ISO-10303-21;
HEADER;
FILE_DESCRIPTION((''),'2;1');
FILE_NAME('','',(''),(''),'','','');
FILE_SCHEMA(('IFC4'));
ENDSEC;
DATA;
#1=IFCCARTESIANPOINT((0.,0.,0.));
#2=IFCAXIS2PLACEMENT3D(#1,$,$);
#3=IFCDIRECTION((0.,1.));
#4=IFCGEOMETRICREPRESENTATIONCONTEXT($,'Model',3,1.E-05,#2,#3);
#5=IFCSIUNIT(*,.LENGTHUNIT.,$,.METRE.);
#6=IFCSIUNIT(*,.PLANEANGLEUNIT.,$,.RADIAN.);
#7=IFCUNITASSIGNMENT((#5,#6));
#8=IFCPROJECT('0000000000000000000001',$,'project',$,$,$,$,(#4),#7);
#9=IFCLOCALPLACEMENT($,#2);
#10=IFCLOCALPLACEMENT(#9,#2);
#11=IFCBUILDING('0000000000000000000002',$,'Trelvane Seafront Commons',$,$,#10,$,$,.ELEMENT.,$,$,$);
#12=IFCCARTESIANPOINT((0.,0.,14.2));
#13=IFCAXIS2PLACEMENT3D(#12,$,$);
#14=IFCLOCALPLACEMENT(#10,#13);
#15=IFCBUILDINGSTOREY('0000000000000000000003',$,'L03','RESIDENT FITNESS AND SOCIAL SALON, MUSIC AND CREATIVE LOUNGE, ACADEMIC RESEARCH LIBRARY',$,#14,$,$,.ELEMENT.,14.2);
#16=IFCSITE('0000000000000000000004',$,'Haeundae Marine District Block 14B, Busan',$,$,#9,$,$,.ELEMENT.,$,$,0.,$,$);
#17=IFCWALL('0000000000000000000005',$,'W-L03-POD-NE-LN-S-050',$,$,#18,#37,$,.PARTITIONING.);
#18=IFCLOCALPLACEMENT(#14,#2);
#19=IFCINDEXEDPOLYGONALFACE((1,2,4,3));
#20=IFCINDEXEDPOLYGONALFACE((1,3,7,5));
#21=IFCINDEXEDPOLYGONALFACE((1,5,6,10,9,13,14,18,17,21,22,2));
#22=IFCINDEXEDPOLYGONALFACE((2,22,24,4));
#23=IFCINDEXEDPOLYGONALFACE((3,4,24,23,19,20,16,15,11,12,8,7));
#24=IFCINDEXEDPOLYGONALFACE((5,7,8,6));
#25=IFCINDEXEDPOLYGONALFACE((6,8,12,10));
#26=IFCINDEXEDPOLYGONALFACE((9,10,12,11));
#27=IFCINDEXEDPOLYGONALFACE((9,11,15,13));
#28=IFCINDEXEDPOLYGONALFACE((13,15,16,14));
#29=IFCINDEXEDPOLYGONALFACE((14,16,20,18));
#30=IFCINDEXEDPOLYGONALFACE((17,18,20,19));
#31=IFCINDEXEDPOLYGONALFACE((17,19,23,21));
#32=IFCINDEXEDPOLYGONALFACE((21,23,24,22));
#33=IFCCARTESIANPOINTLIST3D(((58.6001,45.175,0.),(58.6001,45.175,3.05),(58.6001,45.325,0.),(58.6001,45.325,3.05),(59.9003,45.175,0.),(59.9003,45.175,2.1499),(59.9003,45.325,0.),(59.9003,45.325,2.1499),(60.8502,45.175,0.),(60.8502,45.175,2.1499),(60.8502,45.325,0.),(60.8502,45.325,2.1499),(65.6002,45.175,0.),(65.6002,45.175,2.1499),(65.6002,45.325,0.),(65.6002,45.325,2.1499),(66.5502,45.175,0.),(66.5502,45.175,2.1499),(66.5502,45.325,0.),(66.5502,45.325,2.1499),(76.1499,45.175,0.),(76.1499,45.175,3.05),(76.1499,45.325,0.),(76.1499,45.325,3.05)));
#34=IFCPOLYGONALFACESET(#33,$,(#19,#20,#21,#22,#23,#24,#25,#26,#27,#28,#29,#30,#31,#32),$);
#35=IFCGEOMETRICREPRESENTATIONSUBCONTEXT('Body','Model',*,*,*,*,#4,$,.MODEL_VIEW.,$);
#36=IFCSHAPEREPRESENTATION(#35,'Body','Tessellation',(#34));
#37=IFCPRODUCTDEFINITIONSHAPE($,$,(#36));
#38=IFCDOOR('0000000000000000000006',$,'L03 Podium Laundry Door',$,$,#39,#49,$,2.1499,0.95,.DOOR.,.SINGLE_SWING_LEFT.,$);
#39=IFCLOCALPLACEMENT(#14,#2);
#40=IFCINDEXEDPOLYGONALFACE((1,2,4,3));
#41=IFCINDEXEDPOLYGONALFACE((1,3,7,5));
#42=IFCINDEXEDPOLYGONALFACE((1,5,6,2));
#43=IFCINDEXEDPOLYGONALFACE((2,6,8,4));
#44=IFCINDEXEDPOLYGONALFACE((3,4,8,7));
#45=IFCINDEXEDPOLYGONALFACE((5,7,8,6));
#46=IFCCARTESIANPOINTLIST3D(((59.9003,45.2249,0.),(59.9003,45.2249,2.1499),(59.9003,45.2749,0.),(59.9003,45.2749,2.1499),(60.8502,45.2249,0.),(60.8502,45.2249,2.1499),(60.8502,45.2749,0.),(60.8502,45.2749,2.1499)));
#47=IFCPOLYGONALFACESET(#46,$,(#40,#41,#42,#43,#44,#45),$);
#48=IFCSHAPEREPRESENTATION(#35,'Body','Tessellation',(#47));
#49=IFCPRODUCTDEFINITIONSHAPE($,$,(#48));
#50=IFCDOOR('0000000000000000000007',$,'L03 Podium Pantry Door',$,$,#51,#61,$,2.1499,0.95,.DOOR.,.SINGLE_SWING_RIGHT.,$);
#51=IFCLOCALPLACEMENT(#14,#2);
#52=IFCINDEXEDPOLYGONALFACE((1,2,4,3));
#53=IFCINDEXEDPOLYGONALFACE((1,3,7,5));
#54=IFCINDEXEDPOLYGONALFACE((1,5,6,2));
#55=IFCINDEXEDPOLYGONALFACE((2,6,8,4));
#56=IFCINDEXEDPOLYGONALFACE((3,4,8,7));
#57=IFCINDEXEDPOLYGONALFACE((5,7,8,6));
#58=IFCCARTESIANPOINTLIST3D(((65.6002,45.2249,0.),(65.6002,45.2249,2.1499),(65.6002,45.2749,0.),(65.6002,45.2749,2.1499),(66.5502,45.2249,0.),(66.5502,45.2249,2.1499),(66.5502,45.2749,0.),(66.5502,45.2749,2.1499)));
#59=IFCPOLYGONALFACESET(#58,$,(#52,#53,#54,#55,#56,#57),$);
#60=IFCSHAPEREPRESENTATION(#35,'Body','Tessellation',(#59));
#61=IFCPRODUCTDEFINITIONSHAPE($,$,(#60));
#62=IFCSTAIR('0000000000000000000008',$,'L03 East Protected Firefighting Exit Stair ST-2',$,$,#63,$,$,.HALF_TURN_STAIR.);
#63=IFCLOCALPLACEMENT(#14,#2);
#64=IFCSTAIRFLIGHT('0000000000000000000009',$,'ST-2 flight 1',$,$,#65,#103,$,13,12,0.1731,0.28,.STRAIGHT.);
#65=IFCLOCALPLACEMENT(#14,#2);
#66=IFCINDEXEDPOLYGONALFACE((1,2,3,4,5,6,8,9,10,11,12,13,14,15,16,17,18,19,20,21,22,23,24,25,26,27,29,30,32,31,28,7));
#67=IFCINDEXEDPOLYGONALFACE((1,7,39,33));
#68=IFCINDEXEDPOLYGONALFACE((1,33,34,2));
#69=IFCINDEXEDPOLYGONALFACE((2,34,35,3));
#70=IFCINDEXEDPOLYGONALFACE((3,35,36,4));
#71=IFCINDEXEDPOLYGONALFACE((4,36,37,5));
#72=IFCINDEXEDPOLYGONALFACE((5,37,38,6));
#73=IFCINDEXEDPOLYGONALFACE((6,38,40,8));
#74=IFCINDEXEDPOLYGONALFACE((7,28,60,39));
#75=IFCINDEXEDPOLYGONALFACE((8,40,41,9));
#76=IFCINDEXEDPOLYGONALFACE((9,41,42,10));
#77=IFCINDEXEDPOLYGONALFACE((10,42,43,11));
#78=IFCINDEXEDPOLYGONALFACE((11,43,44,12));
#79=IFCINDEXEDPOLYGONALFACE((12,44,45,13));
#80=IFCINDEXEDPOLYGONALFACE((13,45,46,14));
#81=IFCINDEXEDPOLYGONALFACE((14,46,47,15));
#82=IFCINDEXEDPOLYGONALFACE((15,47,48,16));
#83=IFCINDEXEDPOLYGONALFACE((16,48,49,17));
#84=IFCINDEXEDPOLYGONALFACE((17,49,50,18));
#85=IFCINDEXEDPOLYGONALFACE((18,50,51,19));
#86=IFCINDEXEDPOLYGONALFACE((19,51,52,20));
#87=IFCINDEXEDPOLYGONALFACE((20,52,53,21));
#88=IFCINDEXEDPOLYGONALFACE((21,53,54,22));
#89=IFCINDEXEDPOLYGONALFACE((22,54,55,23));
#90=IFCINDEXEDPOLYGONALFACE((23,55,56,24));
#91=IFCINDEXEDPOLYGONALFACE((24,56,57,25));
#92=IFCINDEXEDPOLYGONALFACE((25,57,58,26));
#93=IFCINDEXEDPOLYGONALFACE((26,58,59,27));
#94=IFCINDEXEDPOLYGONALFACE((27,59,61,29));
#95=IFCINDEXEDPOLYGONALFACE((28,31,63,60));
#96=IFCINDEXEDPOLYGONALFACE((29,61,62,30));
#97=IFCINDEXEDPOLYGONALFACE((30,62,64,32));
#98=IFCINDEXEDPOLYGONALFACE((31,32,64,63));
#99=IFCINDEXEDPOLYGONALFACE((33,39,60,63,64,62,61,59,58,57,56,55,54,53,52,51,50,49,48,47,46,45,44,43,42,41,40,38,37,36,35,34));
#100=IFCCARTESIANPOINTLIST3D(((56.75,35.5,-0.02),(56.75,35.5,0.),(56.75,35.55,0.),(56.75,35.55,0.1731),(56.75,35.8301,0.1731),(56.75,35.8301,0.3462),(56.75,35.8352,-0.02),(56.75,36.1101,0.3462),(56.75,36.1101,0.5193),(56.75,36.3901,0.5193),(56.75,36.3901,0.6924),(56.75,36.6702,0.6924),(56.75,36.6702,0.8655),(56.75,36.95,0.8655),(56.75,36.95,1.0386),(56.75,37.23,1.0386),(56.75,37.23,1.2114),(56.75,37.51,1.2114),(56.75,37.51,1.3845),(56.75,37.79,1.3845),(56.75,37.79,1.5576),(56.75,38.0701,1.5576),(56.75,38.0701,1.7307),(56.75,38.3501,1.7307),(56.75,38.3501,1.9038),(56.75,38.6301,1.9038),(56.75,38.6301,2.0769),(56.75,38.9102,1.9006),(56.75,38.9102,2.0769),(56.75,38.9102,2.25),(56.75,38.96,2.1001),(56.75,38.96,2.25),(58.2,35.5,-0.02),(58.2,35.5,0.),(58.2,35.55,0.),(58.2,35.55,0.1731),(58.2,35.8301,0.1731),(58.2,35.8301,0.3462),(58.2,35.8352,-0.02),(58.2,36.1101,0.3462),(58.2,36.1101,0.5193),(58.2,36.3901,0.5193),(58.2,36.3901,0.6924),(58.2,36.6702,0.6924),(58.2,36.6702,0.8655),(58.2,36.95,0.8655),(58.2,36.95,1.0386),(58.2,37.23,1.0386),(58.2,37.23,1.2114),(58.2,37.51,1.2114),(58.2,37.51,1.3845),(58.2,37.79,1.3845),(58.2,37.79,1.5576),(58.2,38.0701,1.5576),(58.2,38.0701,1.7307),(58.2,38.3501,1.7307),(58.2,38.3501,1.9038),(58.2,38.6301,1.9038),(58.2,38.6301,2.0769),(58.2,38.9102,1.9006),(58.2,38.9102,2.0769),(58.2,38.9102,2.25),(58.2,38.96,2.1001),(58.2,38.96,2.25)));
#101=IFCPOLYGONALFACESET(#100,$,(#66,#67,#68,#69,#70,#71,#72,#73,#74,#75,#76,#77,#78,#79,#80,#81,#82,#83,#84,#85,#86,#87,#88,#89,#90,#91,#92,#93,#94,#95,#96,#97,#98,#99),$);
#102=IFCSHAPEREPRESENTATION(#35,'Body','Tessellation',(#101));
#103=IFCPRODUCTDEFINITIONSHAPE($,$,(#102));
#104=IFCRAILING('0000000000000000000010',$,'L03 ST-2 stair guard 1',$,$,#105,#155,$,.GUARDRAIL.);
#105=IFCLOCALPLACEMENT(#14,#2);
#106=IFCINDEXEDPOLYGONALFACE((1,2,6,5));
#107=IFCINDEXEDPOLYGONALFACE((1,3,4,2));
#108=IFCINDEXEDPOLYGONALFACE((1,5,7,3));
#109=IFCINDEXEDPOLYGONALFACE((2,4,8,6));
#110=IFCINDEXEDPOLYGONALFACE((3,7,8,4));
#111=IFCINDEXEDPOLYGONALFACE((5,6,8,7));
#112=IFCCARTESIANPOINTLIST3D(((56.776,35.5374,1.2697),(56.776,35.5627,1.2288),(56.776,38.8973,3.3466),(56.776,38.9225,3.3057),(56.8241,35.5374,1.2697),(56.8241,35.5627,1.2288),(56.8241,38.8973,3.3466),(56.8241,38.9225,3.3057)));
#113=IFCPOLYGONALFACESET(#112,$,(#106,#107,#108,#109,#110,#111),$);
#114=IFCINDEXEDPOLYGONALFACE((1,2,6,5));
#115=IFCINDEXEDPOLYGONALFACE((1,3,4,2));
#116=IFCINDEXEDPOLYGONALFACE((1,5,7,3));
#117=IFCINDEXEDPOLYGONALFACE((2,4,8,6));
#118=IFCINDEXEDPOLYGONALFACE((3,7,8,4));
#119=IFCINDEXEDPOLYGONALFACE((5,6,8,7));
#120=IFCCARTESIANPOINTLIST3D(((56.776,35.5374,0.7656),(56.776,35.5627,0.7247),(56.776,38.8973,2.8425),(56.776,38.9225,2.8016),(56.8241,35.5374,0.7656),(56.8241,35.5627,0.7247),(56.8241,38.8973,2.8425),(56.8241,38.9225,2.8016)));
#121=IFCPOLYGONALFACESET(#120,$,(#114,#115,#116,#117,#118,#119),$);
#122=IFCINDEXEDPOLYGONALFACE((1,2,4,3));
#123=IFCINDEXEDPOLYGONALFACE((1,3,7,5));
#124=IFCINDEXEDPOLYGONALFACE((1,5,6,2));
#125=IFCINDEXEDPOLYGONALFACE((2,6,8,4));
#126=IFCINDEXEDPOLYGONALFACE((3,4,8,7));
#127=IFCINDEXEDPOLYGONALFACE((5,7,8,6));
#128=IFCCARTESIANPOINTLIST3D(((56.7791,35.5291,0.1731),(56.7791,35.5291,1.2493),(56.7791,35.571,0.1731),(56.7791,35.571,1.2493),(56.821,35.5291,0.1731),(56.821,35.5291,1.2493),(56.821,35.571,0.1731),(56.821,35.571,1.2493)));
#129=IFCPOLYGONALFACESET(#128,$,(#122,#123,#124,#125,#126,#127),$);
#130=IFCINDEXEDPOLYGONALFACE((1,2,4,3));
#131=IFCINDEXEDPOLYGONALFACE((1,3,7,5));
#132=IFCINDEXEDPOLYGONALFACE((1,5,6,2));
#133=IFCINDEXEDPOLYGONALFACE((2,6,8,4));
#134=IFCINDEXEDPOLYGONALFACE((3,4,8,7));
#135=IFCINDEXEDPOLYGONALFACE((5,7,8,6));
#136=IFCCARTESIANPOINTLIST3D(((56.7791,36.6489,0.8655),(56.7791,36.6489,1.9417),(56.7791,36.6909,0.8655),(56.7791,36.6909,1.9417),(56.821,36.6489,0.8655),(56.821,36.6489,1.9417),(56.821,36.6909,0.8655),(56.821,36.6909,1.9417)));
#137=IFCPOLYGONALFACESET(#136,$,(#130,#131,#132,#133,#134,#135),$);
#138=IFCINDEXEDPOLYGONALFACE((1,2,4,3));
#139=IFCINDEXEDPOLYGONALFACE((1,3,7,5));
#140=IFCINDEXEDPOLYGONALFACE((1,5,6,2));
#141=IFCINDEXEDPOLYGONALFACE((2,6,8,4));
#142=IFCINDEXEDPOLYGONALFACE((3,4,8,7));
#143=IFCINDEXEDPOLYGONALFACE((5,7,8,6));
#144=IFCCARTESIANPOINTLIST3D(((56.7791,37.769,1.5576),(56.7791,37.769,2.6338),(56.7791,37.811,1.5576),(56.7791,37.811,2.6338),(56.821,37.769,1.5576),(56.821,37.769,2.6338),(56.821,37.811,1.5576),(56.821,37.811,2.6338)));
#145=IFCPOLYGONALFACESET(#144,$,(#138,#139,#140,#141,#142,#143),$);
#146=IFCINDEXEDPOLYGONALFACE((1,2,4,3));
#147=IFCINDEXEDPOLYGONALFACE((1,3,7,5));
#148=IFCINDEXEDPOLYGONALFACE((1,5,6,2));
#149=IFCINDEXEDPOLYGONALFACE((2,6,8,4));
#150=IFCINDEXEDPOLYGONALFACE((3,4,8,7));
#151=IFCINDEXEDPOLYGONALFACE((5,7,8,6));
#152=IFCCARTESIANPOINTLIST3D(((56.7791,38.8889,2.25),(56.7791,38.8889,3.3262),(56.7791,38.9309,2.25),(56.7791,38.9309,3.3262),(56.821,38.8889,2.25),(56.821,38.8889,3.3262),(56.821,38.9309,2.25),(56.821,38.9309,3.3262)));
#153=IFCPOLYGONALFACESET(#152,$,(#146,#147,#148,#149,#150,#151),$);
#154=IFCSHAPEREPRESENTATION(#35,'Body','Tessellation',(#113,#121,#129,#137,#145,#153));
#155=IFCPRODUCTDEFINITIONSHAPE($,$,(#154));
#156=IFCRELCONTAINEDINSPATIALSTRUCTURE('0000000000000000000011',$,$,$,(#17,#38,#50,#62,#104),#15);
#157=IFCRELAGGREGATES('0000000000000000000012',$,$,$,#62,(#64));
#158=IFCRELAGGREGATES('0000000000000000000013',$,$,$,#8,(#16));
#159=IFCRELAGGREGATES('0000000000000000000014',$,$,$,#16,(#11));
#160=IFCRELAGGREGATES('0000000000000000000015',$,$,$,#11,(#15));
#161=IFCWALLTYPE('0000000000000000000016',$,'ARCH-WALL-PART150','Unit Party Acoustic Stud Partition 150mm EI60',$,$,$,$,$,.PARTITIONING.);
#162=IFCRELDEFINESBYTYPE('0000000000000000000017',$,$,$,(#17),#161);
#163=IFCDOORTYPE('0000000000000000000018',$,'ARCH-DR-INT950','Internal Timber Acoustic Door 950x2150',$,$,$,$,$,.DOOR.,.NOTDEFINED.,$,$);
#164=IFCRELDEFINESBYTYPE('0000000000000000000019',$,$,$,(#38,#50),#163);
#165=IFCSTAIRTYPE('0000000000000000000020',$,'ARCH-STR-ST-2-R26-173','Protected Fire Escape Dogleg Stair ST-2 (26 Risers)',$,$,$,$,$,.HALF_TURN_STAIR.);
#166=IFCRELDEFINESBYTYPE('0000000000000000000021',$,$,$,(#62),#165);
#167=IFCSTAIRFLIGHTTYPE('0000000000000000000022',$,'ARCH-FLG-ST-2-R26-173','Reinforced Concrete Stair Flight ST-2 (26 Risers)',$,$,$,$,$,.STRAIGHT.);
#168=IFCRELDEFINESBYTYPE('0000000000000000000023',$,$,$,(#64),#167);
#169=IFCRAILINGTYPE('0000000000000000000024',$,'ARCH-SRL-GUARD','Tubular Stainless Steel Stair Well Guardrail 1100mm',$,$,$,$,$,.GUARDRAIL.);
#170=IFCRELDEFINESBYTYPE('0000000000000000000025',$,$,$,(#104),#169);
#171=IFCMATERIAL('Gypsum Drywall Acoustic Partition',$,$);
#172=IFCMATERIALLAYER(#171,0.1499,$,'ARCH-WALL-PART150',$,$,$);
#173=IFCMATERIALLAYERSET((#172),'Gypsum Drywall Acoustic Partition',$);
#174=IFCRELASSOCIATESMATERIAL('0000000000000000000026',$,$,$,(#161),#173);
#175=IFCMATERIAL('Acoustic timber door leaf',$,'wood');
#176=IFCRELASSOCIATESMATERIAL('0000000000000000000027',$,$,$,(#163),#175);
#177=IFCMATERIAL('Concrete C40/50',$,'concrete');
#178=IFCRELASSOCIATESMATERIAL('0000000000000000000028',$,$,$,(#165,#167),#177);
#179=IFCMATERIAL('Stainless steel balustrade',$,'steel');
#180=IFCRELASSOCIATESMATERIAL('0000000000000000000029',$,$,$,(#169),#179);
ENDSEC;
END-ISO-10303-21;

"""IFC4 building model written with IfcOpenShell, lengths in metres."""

from ifc_helpers import new_model, si_unit, direction, frame, frame_2d, origin, origin_2d, place, context, subcontext, project, spatial, polyline, rectangle, outline, extrude, source, transform, mapped, material, layer, layer_set, type_object, element, fill, aggregate, save


model = new_model("IFC4")

# Units and contexts
model_context = context("Model", 3, precision=1e-05, world=origin(), true_north=direction((0.0, 1.0)))
body_context = subcontext(model_context, "Body", "Model", "MODEL_VIEW")
ifc_project = project(units=[si_unit("LENGTHUNIT", "METRE"), si_unit("PLANEANGLEUNIT", "RADIAN")], contexts=[model_context])

# Site, building, storey
site_placement = place(None, origin())
site = spatial("IfcSite", under=ifc_project, at=site_placement, Name="Haeundae Marine District Block 14B, Busan", CompositionType="ELEMENT", RefElevation=0.0)
building_placement = place(site_placement, origin())
building = spatial("IfcBuilding", under=site, at=building_placement, Name="Trelvane Seafront Commons", CompositionType="ELEMENT")
storey_placement = place(building_placement, frame((0.0, 0.0, 14.2)))
storey = spatial("IfcBuildingStorey", under=building, at=storey_placement, Name="L03", Description="RESIDENT FITNESS AND SOCIAL SALON, MUSIC AND CREATIVE LOUNGE, ACADEMIC RESEARCH LIBRARY", CompositionType="ELEMENT", Elevation=14.2)

# Shared definitions
ifc_material_1 = material(Name="Gypsum Drywall Acoustic Partition")

# Wall, openings, doors
ifc_layer_1 = layer(ifc_material_1, 0.1499, Name="ARCH-WALL-PART150")
ifc_layer_set_1 = layer_set([ifc_layer_1], Name="Gypsum Drywall Acoustic Partition")
wall_type_1 = type_object("IfcWallType", Name="ARCH-WALL-PART150", Description="Unit Party Acoustic Stud Partition 150mm EI60", PredefinedType="PARTITIONING", material=ifc_layer_set_1)
wall_1_placement = place(storey_placement, frame((58.6001, 45.25, 0.0), z_axis=(0.0, 0.0, 1.0), x_axis=(1.0, 0.0, 0.0)))
wall_1 = element("IfcWall", 1, at=wall_1_placement, inside=storey, type_object=wall_type_1, Name="W-L03-POD-NE-LN-S-050", PredefinedType="PARTITIONING", context=body_context, shape_type="SweptSolid", body=[
    extrude(rectangle(XDim=17.5498, YDim=0.1499, at=frame_2d((8.7749, 0.0))), origin(), (0.0, 0.0, 1.0), 3.05),
])
opening_1_placement = place(wall_1_placement, frame((1.3, 0.0, 0.0)))
opening_1 = element("IfcOpeningElement", 2, at=opening_1_placement, cuts=wall_1, PredefinedType="OPENING", context=body_context, shape_type="SweptSolid", body=[
    extrude(rectangle(XDim=0.95, YDim=2.1499, at=frame_2d((0.4751, 1.075))), frame((0.0, 0.085, 0.0), z_axis=(0.0, -1.0, 0.0), x_axis=(1.0, 0.0, 0.0)), (0.0, 0.0, 1.0), 0.1699),
])
opening_2_placement = place(wall_1_placement, frame((7.0, 0.0, 0.0)))
opening_2 = element("IfcOpeningElement", 3, at=opening_2_placement, cuts=wall_1, PredefinedType="OPENING", context=body_context, shape_type="SweptSolid", body=[
    extrude(rectangle(XDim=0.95, YDim=2.1499, at=frame_2d((0.4751, 1.075))), frame((0.0, 0.085, 0.0), z_axis=(0.0, -1.0, 0.0), x_axis=(1.0, 0.0, 0.0)), (0.0, 0.0, 1.0), 0.1699),
])
ifc_material_2 = material(Name="Acoustic timber door leaf", Category="wood")
door_type = type_object("IfcDoorType", Name="ARCH-DR-INT950", Description="Internal Timber Acoustic Door 950x2150", OperationType="NOTDEFINED", PredefinedType="DOOR", material=ifc_material_2)
shared_shape_1 = source(origin(), body_context, "Body", "SweptSolid", [
    extrude(rectangle(XDim=0.95, YDim=2.1499, at=frame_2d((0.4751, 1.075))), frame((0.0, 0.0249, 0.0), z_axis=(0.0, -1.0, 0.0), x_axis=(1.0, 0.0, 0.0)), (0.0, 0.0, 1.0), 0.05),
])
door_1_placement = place(opening_1_placement, origin())
door_1 = element("IfcDoor", 4, at=door_1_placement, inside=storey, type_object=door_type, Name="L03 Podium Laundry Door", OperationType="SINGLE_SWING_LEFT", OverallHeight=2.1499, OverallWidth=0.95, PredefinedType="DOOR", context=body_context, shape_type="MappedRepresentation", body=[
    mapped(shared_shape_1, transform((0.0, 0.0, 0.0), x_axis=(1.0, 0.0, 0.0), y_axis=(0.0, 1.0, 0.0), z_axis=(0.0, 0.0, 1.0), scale=1.0)),
])
fill(opening_1, door_1)
door_2_placement = place(opening_2_placement, origin())
door_2 = element("IfcDoor", 5, at=door_2_placement, inside=storey, type_object=door_type, Name="L03 Podium Pantry Door", OperationType="SINGLE_SWING_RIGHT", OverallHeight=2.1499, OverallWidth=0.95, PredefinedType="DOOR", context=body_context, shape_type="MappedRepresentation", body=[
    mapped(shared_shape_1, transform((0.0, 0.0, 0.0), x_axis=(1.0, 0.0, 0.0), y_axis=(0.0, 1.0, 0.0), z_axis=(0.0, 0.0, 1.0), scale=1.0)),
])
fill(opening_2, door_2)

# Stair, stair flight
ifc_material_3 = material(Name="Concrete C40/50", Category="concrete")
stair_type = type_object("IfcStairType", Name="ARCH-STR-ST-2-R26-173", Description="Protected Fire Escape Dogleg Stair ST-2 (26 Risers)", PredefinedType="HALF_TURN_STAIR", material=ifc_material_3)
stair_placement = place(storey_placement, origin())
stair = element("IfcStair", 6, at=stair_placement, inside=storey, type_object=stair_type, Name="L03 East Protected Firefighting Exit Stair ST-2", PredefinedType="HALF_TURN_STAIR")
stair_flight_type = type_object("IfcStairFlightType", Name="ARCH-FLG-ST-2-R26-173", Description="Reinforced Concrete Stair Flight ST-2 (26 Risers)", PredefinedType="STRAIGHT", material=ifc_material_3)
shared_shape_2 = source(origin(), body_context, "Body", "SweptSolid", [
    extrude(outline(polyline([(-0.05, -0.02), (-0.05, 0.0), (0.0, 0.0), (0.0, 0.1731), (0.28, 0.1731), (0.28, 0.3462), (0.5601, 0.3462), (0.5601, 0.5193), (0.8401, 0.5193), (0.8401, 0.6924), (1.1201, 0.6924), (1.1201, 0.8655), (1.3999, 0.8655), (1.3999, 1.0386), (1.6799, 1.0386), (1.6799, 1.2114), (1.96, 1.2114), (1.96, 1.3845), (2.24, 1.3845), (2.24, 1.5576), (2.52, 1.5576), (2.52, 1.7307), (2.8, 1.7307), (2.8, 1.9038), (3.0801, 1.9038), (3.0801, 2.0769), (3.3601, 2.0769), (3.3601, 2.25), (3.4099, 2.25), (3.4099, 2.1001), (3.3601, 1.9006), (0.2852, -0.02), (-0.05, -0.02)])), frame((0.0, 0.7251, 0.0), z_axis=(0.0, -1.0, 0.0), x_axis=(1.0, 0.0, 0.0)), (0.0, 0.0, 1.0), 1.45),
])
stair_flight_placement = place(storey_placement, frame((57.4751, 35.55, 0.0), z_axis=(0.0, 0.0, 1.0), x_axis=(0.0, 1.0, 0.0)))
stair_flight = element("IfcStairFlight", 7, at=stair_flight_placement, type_object=stair_flight_type, Name="ST-2 flight 1", NumberOfRisers=13, NumberOfTreads=12, PredefinedType="STRAIGHT", RiserHeight=0.1731, TreadLength=0.28, context=body_context, shape_type="MappedRepresentation", body=[
    mapped(shared_shape_2, transform((0.0, 0.0, 0.0), x_axis=(1.0, 0.0, 0.0), y_axis=(0.0, 1.0, 0.0), z_axis=(0.0, 0.0, 1.0), scale=1.0)),
])
aggregate(stair, [stair_flight])

# Railing
ifc_material_4 = material(Name="Stainless steel balustrade", Category="steel")
railing_type_1 = type_object("IfcRailingType", Name="ARCH-SRL-GUARD", Description="Tubular Stainless Steel Stair Well Guardrail 1100mm", PredefinedType="GUARDRAIL", material=ifc_material_4)
railing_1_placement = place(storey_placement, frame((56.8, 35.55, 0.1731)))
element("IfcRailing", 8, at=railing_1_placement, inside=storey, type_object=railing_type_1, Name="L03 ST-2 stair guard 1", PredefinedType="GUARDRAIL", context=body_context, shape_type="SweptSolid", body=[
    extrude(rectangle(XDim=0.0481, YDim=0.0481, at=origin_2d()), frame((0.0, 0.0, 1.0762), z_axis=(0.0, 0.850606, 0.525803), x_axis=(-1.0, 0.0, 0.0)), (0.0, 0.0, 1.0), 3.95),
    extrude(rectangle(XDim=0.0481, YDim=0.0481, at=origin_2d()), frame((0.0, 0.0, 0.572), z_axis=(0.0, 0.850606, 0.525803), x_axis=(-1.0, 0.0, 0.0)), (0.0, 0.0, 1.0), 3.95),
    extrude(rectangle(XDim=0.042, YDim=0.042, at=origin_2d()), origin(), (0.0, 0.0, 1.0), 1.0762),
    extrude(rectangle(XDim=0.042, YDim=0.042, at=origin_2d()), frame((0.0, 1.1199, 0.6924)), (0.0, 0.0, 1.0), 1.0762),
    extrude(rectangle(XDim=0.042, YDim=0.042, at=origin_2d()), frame((0.0, 2.24, 1.3845)), (0.0, 0.0, 1.0), 1.0762),
    extrude(rectangle(XDim=0.042, YDim=0.042, at=origin_2d()), frame((0.0, 3.3599, 2.0769)), (0.0, 0.0, 1.0), 1.0762),
])

save(model, "model.ifc")
